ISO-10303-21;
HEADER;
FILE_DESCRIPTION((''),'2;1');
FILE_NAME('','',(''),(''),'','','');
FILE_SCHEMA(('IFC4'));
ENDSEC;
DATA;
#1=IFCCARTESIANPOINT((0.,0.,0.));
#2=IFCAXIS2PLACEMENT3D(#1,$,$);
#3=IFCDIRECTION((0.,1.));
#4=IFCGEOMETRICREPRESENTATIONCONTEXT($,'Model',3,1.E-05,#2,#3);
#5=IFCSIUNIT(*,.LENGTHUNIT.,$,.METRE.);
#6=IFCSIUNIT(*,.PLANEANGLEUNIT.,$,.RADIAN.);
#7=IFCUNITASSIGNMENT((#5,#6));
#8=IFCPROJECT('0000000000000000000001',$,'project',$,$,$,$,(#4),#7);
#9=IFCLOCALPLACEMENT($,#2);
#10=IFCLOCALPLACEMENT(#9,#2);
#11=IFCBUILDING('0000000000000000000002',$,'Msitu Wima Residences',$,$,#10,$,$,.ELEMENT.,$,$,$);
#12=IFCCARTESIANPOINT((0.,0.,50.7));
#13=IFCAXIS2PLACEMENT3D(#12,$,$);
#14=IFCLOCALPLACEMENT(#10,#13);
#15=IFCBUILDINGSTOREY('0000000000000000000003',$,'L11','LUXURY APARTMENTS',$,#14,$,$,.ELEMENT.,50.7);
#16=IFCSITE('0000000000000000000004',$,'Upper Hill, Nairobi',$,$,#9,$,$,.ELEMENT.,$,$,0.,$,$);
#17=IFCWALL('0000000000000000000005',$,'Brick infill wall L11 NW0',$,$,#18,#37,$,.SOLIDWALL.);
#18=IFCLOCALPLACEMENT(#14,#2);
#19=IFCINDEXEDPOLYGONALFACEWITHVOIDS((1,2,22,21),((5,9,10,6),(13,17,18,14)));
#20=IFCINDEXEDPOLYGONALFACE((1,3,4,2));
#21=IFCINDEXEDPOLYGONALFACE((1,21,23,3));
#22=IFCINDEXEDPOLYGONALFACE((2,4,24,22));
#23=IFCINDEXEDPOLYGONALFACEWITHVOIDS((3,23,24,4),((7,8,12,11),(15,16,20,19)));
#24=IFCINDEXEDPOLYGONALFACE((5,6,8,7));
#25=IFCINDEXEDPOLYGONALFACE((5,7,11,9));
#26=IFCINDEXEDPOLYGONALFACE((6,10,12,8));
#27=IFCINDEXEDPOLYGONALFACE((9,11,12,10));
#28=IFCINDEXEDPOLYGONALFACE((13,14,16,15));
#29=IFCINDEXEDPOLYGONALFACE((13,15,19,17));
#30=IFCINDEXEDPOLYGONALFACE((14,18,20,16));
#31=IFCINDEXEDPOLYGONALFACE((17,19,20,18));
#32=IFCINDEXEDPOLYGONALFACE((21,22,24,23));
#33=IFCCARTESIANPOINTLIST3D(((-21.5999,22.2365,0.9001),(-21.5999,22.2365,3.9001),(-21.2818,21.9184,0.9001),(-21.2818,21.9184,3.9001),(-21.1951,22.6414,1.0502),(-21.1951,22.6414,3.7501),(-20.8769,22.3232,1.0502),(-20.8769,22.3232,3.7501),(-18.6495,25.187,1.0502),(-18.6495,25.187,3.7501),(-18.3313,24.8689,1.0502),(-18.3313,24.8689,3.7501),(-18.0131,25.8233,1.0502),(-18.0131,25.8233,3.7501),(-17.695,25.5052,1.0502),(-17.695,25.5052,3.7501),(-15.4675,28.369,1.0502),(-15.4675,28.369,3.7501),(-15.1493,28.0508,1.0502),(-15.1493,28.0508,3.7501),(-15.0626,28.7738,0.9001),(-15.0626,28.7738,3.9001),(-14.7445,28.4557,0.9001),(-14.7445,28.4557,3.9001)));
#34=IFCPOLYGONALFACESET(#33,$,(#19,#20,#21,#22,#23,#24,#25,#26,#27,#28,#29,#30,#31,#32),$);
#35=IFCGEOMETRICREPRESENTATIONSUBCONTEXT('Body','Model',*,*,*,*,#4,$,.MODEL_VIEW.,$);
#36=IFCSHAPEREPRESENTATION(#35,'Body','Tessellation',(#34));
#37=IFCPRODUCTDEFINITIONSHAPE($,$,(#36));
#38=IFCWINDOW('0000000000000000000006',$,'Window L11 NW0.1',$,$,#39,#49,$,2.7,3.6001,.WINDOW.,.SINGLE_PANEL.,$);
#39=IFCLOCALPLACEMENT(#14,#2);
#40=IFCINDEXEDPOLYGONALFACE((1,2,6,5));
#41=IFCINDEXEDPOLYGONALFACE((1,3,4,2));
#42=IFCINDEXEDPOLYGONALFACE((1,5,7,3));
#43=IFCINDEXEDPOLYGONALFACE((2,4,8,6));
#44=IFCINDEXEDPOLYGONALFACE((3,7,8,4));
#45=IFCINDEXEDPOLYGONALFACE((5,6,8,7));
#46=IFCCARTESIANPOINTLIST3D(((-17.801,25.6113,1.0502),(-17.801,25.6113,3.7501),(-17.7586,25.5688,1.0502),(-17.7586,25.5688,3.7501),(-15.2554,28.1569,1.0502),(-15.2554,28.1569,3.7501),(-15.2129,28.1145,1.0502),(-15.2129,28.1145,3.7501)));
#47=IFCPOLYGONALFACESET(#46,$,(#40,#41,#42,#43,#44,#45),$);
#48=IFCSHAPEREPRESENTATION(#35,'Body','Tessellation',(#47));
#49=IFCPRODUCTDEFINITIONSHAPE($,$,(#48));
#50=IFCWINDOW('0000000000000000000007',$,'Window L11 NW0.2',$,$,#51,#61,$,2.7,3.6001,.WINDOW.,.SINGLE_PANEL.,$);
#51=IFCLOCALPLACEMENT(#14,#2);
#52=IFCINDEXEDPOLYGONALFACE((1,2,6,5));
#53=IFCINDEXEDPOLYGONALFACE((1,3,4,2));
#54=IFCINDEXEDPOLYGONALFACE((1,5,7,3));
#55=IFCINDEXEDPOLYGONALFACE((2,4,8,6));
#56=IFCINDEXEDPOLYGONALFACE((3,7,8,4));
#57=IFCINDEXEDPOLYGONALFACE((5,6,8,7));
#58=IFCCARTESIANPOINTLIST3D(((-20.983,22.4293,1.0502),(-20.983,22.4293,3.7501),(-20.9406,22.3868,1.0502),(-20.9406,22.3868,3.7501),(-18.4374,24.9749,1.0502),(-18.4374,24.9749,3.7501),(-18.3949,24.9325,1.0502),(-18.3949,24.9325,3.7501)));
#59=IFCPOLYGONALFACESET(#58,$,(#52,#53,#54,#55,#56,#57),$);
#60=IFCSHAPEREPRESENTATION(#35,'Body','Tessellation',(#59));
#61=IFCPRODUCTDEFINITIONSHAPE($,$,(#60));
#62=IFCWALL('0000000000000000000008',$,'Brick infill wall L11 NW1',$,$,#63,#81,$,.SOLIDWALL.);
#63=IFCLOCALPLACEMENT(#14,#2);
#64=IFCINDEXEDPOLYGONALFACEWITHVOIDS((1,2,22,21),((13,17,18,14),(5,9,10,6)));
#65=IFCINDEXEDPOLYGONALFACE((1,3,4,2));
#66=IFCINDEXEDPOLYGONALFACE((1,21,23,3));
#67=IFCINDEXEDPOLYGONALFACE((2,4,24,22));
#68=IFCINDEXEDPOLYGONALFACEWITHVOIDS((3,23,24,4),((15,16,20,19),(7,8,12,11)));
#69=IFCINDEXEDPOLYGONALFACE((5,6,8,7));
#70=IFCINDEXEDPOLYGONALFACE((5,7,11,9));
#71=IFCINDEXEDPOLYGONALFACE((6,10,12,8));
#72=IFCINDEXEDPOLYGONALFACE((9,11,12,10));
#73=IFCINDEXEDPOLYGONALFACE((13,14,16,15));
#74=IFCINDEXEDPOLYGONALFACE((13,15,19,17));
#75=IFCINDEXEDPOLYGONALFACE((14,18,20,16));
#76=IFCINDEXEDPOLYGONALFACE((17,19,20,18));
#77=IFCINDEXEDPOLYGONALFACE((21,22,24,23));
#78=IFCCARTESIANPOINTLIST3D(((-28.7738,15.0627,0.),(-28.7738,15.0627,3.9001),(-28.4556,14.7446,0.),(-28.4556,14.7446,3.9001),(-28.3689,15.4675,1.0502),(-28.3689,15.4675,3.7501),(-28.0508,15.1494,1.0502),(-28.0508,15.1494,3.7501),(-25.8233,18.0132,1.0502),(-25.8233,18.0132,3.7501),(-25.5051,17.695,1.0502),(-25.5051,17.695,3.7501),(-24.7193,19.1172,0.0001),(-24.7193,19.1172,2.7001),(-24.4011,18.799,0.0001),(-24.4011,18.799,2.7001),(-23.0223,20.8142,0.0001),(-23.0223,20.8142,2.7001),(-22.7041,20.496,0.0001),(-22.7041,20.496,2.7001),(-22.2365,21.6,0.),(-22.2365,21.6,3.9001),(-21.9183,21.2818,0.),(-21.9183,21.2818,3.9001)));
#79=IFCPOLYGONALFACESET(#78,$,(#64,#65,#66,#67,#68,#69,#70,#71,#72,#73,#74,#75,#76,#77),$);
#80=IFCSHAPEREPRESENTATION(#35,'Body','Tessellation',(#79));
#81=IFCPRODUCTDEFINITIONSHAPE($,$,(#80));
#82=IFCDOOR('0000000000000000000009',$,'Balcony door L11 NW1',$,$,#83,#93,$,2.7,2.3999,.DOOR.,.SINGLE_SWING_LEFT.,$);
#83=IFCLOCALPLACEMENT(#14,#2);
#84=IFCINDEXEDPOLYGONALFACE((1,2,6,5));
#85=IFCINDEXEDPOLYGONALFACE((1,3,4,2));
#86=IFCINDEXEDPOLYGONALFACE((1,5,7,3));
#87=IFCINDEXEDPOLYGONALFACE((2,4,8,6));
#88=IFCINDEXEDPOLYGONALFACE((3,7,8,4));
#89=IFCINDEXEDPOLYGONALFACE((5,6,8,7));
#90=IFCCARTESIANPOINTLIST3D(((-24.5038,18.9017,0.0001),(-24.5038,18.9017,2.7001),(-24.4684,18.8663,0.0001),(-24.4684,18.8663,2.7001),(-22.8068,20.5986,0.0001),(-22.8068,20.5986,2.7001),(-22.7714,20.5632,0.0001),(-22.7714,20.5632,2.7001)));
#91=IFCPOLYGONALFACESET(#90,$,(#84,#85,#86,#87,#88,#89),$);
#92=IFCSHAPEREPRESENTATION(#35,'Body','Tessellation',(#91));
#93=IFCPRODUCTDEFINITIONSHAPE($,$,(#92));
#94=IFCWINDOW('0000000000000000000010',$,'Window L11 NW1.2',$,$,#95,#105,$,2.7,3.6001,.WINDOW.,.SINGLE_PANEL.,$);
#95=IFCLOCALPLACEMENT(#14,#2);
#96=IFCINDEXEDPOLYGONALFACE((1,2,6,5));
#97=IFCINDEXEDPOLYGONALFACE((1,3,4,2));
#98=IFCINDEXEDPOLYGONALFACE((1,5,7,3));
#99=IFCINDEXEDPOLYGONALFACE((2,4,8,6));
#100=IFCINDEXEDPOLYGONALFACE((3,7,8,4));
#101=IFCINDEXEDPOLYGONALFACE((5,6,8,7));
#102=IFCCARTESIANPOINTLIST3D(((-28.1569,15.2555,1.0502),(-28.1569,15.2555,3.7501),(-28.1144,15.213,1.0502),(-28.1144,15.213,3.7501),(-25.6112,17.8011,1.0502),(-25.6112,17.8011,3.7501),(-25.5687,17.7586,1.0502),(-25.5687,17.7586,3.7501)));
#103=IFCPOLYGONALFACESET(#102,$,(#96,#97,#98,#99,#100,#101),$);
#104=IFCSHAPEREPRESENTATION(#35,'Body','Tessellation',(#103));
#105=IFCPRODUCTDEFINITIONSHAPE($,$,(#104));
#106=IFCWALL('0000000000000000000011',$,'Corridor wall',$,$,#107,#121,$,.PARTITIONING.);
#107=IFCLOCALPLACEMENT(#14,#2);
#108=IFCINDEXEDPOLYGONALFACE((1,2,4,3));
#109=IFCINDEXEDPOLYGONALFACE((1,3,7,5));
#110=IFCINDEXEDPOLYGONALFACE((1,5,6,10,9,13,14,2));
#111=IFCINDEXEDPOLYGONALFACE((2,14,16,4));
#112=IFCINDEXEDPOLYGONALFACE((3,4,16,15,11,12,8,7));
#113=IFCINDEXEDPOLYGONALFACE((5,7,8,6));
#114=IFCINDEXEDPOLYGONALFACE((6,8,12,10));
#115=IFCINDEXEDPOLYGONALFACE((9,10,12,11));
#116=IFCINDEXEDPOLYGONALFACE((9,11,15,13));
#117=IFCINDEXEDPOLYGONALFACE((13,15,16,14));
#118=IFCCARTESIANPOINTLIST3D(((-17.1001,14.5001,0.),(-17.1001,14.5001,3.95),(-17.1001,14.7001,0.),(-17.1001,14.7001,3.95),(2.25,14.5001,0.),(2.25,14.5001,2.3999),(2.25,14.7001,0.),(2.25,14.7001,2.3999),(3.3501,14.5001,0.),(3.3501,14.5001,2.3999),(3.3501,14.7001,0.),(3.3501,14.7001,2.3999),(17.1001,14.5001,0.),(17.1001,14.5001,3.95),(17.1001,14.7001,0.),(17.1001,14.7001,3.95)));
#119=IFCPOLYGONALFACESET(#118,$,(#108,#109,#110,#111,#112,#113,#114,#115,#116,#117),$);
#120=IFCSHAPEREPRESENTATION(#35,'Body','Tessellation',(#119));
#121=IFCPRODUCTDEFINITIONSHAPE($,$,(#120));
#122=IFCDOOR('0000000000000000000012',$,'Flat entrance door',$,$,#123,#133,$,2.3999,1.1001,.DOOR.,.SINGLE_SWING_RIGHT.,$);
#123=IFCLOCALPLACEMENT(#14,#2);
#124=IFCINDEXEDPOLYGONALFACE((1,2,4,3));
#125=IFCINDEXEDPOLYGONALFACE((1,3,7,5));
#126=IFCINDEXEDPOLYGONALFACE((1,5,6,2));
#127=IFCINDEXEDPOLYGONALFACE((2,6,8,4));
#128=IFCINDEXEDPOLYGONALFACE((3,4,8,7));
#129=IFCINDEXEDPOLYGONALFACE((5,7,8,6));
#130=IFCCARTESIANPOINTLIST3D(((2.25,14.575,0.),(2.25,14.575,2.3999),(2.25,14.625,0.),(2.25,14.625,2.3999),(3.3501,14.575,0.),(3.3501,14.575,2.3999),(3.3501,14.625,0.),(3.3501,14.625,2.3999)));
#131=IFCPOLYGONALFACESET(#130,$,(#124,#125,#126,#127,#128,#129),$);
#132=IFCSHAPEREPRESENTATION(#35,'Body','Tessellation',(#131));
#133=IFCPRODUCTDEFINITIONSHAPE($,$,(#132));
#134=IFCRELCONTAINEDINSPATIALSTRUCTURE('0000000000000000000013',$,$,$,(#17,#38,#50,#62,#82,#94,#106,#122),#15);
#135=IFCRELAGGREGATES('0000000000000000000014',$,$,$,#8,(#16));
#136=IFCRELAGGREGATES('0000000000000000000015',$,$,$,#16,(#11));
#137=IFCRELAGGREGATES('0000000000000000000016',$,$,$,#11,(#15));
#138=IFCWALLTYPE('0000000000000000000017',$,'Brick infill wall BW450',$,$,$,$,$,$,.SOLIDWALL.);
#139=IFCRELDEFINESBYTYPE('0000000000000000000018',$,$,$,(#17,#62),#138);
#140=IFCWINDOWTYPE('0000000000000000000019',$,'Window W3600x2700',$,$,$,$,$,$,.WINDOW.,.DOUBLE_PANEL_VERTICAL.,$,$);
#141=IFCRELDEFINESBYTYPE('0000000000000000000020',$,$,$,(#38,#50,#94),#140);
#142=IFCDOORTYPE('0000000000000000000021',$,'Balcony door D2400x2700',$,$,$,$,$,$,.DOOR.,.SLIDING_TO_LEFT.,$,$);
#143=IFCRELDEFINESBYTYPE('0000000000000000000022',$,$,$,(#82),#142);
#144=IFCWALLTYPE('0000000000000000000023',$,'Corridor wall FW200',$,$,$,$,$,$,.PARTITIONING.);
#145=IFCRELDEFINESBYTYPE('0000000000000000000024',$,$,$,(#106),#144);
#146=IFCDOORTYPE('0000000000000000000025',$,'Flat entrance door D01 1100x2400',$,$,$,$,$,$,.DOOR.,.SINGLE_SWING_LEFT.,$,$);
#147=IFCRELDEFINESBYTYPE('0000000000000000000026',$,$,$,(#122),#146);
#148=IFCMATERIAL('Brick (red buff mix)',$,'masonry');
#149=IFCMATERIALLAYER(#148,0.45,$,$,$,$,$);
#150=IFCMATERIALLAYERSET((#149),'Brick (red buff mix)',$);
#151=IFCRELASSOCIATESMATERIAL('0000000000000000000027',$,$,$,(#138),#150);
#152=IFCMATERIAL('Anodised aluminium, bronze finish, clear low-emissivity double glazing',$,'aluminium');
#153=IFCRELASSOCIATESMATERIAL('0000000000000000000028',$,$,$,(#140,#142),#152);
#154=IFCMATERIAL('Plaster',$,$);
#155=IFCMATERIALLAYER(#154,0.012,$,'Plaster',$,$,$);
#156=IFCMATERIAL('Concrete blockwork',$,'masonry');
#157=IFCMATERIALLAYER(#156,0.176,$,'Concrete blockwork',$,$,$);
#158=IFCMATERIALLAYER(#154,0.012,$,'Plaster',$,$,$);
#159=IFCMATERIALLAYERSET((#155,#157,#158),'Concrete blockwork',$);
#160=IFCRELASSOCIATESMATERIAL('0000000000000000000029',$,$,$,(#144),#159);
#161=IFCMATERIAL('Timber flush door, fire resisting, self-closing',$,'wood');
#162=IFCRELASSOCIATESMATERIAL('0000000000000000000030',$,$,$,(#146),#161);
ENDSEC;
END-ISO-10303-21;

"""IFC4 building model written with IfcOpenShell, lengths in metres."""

from ifc_helpers import new_model, si_unit, direction, frame, frame_2d, origin, place, context, subcontext, project, spatial, rectangle, extrude, material, layer, layer_set, type_object, element, fill, save


model = new_model("IFC4")

# Units and contexts
model_context = context("Model", 3, precision=1e-05, world=origin(), true_north=direction((0.0, 1.0)))
body_context = subcontext(model_context, "Body", "Model", "MODEL_VIEW")
ifc_project = project(units=[si_unit("LENGTHUNIT", "METRE"), si_unit("PLANEANGLEUNIT", "RADIAN")], contexts=[model_context])

# Site, building, storey
site_placement = place(None, origin())
site = spatial("IfcSite", under=ifc_project, at=site_placement, Name="Upper Hill, Nairobi", CompositionType="ELEMENT", RefElevation=0.0)
building_placement = place(site_placement, origin())
building = spatial("IfcBuilding", under=site, at=building_placement, Name="Msitu Wima Residences", CompositionType="ELEMENT")
storey_placement = place(building_placement, frame((0.0, 0.0, 50.7)))
storey = spatial("IfcBuildingStorey", under=building, at=storey_placement, Name="L11", Description="LUXURY APARTMENTS", CompositionType="ELEMENT", Elevation=50.7)

# Wall, openings, windows
ifc_material_1 = material(Name="Brick (red buff mix)", Category="masonry")
ifc_layer_1 = layer(ifc_material_1, 0.45)
ifc_layer_set_1 = layer_set([ifc_layer_1], Name="Brick (red buff mix)")
wall_type_1 = type_object("IfcWallType", Name="Brick infill wall BW450", PredefinedType="SOLIDWALL", material=ifc_layer_set_1)
wall_1_placement = place(storey_placement, frame((-14.9036, 28.6147, 0.9001), z_axis=(0.0, 0.0, 1.0), x_axis=(-0.707107, -0.707107, 0.0)))
wall_1 = element("IfcWall", 1, at=wall_1_placement, inside=storey, type_object=wall_type_1, Name="Brick infill wall L11 NW0", PredefinedType="SOLIDWALL", context=body_context, shape_type="SweptSolid", body=[
    extrude(rectangle(XDim=9.2451, YDim=0.45, at=frame_2d((4.6226, 0.0))), origin(), (0.0, 0.0, 1.0), 3.0),
])
opening_1_placement = place(wall_1_placement, frame((0.5725, 0.0, 0.1499)))
opening_1 = element("IfcOpeningElement", 2, at=opening_1_placement, cuts=wall_1, PredefinedType="OPENING", context=body_context, shape_type="SweptSolid", body=[
    extrude(rectangle(XDim=3.6001, YDim=2.7, at=frame_2d((1.8, 1.3501))), frame((0.0, 0.2349, 0.0), z_axis=(0.0, -1.0, 0.0), x_axis=(1.0, 0.0, 0.0)), (0.0, 0.0, 1.0), 0.47),
])
opening_2_placement = place(wall_1_placement, frame((5.0725, 0.0, 0.1499)))
opening_2 = element("IfcOpeningElement", 3, at=opening_2_placement, cuts=wall_1, PredefinedType="OPENING", context=body_context, shape_type="SweptSolid", body=[
    extrude(rectangle(XDim=3.6001, YDim=2.7, at=frame_2d((1.8, 1.3501))), frame((0.0, 0.2349, 0.0), z_axis=(0.0, -1.0, 0.0), x_axis=(1.0, 0.0, 0.0)), (0.0, 0.0, 1.0), 0.47),
])
ifc_material_2 = material(Name="Anodised aluminium, bronze finish, clear low-emissivity double glazing", Category="aluminium")
window_type = type_object("IfcWindowType", Name="Window W3600x2700", PartitioningType="DOUBLE_PANEL_VERTICAL", PredefinedType="WINDOW", material=ifc_material_2)
window_1_placement = place(opening_1_placement, origin())
window_1 = element("IfcWindow", 4, at=window_1_placement, inside=storey, type_object=window_type, Name="Window L11 NW0.1", OverallHeight=2.7, OverallWidth=3.6001, PartitioningType="SINGLE_PANEL", PredefinedType="WINDOW", context=body_context, shape_type="SweptSolid", body=[
    extrude(rectangle(XDim=3.6001, YDim=2.7, at=frame_2d((1.8, 1.3501))), frame((0.0, 0.135, 0.0), z_axis=(0.0, -1.0, 0.0), x_axis=(1.0, 0.0, 0.0)), (0.0, 0.0, 1.0), 0.0601),
])
fill(opening_1, window_1)
window_2_placement = place(opening_2_placement, origin())
window_2 = element("IfcWindow", 5, at=window_2_placement, inside=storey, type_object=window_type, Name="Window L11 NW0.2", OverallHeight=2.7, OverallWidth=3.6001, PartitioningType="SINGLE_PANEL", PredefinedType="WINDOW", context=body_context, shape_type="SweptSolid", body=[
    extrude(rectangle(XDim=3.6001, YDim=2.7, at=frame_2d((1.8, 1.3501))), frame((0.0, 0.135, 0.0), z_axis=(0.0, -1.0, 0.0), x_axis=(1.0, 0.0, 0.0)), (0.0, 0.0, 1.0), 0.0601),
])
fill(opening_2, window_2)

# Wall, openings, door, window
wall_2_placement = place(storey_placement, frame((-22.0774, 21.4409, 0.0), z_axis=(0.0, 0.0, 1.0), x_axis=(-0.707107, -0.707107, 0.0)))
wall_2 = element("IfcWall", 6, at=wall_2_placement, inside=storey, type_object=wall_type_1, Name="Brick infill wall L11 NW1", PredefinedType="SOLIDWALL", context=body_context, shape_type="SweptSolid", body=[
    extrude(rectangle(XDim=9.2451, YDim=0.45, at=frame_2d((4.6226, 0.0))), origin(), (0.0, 0.0, 1.0), 3.9001),
])
opening_3_placement = place(wall_2_placement, frame((1.1113, 0.0, 0.0)))
opening_3 = element("IfcOpeningElement", 7, at=opening_3_placement, cuts=wall_2, PredefinedType="OPENING", context=body_context, shape_type="SweptSolid", body=[
    extrude(rectangle(XDim=2.3999, YDim=2.7, at=frame_2d((1.2, 1.3501))), frame((0.0, 0.2349, 0.0), z_axis=(0.0, -1.0, 0.0), x_axis=(1.0, 0.0, 0.0)), (0.0, 0.0, 1.0), 0.47),
])
opening_4_placement = place(wall_2_placement, frame((5.0725, 0.0, 1.05)))
opening_4 = element("IfcOpeningElement", 8, at=opening_4_placement, cuts=wall_2, PredefinedType="OPENING", context=body_context, shape_type="SweptSolid", body=[
    extrude(rectangle(XDim=3.6001, YDim=2.7, at=frame_2d((1.8, 1.3501))), frame((0.0, 0.2349, 0.0), z_axis=(0.0, -1.0, 0.0), x_axis=(1.0, 0.0, 0.0)), (0.0, 0.0, 1.0), 0.47),
])
door_type_1 = type_object("IfcDoorType", Name="Balcony door D2400x2700", OperationType="SLIDING_TO_LEFT", PredefinedType="DOOR", material=ifc_material_2)
door_1_placement = place(opening_3_placement, origin())
door_1 = element("IfcDoor", 9, at=door_1_placement, inside=storey, type_object=door_type_1, Name="Balcony door L11 NW1", OperationType="SINGLE_SWING_LEFT", OverallHeight=2.7, OverallWidth=2.3999, PredefinedType="DOOR", context=body_context, shape_type="SweptSolid", body=[
    extrude(rectangle(XDim=2.3999, YDim=2.7, at=frame_2d((1.2, 1.3501))), frame((0.0, 0.1299, 0.0), z_axis=(0.0, -1.0, 0.0), x_axis=(1.0, 0.0, 0.0)), (0.0, 0.0, 1.0), 0.05),
])
fill(opening_3, door_1)
window_3_placement = place(opening_4_placement, origin())
window_3 = element("IfcWindow", 10, at=window_3_placement, inside=storey, type_object=window_type, Name="Window L11 NW1.2", OverallHeight=2.7, OverallWidth=3.6001, PartitioningType="SINGLE_PANEL", PredefinedType="WINDOW", context=body_context, shape_type="SweptSolid", body=[
    extrude(rectangle(XDim=3.6001, YDim=2.7, at=frame_2d((1.8, 1.3501))), frame((0.0, 0.135, 0.0), z_axis=(0.0, -1.0, 0.0), x_axis=(1.0, 0.0, 0.0)), (0.0, 0.0, 1.0), 0.0601),
])
fill(opening_4, window_3)

# Wall, opening, door
ifc_material_3 = material(Name="Plaster")
ifc_layer_2 = layer(ifc_material_3, 0.012, Name="Plaster")
ifc_material_4 = material(Name="Concrete blockwork", Category="masonry")
ifc_layer_3 = layer(ifc_material_4, 0.176, Name="Concrete blockwork")
ifc_layer_4 = layer(ifc_material_3, 0.012, Name="Plaster")
ifc_layer_set_2 = layer_set([ifc_layer_2, ifc_layer_3, ifc_layer_4], Name="Concrete blockwork")
wall_type_2 = type_object("IfcWallType", Name="Corridor wall FW200", PredefinedType="PARTITIONING", material=ifc_layer_set_2)
wall_3_placement = place(storey_placement, frame((-17.1001, 14.6001, 0.0), z_axis=(0.0, 0.0, 1.0), x_axis=(1.0, 0.0, 0.0)))
wall_3 = element("IfcWall", 11, at=wall_3_placement, inside=storey, type_object=wall_type_2, Name="Corridor wall", PredefinedType="PARTITIONING", context=body_context, shape_type="SweptSolid", body=[
    extrude(rectangle(XDim=34.2002, YDim=0.2, at=frame_2d((17.1001, 0.0))), origin(), (0.0, 0.0, 1.0), 3.95),
])
opening_5_placement = place(wall_3_placement, frame((19.3501, 0.0, 0.0)))
opening_5 = element("IfcOpeningElement", 12, at=opening_5_placement, cuts=wall_3, PredefinedType="OPENING", context=body_context, shape_type="SweptSolid", body=[
    extrude(rectangle(XDim=1.1001, YDim=2.3999, at=frame_2d((0.55, 1.2))), frame((0.0, 0.1099, 0.0), z_axis=(0.0, -1.0, 0.0), x_axis=(1.0, 0.0, 0.0)), (0.0, 0.0, 1.0), 0.22),
])
ifc_material_5 = material(Name="Timber flush door, fire resisting, self-closing", Category="wood")
door_type_2 = type_object("IfcDoorType", Name="Flat entrance door D01 1100x2400", OperationType="SINGLE_SWING_LEFT", PredefinedType="DOOR", material=ifc_material_5)
door_2_placement = place(opening_5_placement, origin())
door_2 = element("IfcDoor", 13, at=door_2_placement, inside=storey, type_object=door_type_2, Name="Flat entrance door", OperationType="SINGLE_SWING_RIGHT", OverallHeight=2.3999, OverallWidth=1.1001, PredefinedType="DOOR", context=body_context, shape_type="SweptSolid", body=[
    extrude(rectangle(XDim=1.1001, YDim=2.3999, at=frame_2d((0.55, 1.2))), frame((0.0, 0.0249, 0.0), z_axis=(0.0, -1.0, 0.0), x_axis=(1.0, 0.0, 0.0)), (0.0, 0.0, 1.0), 0.05),
])
fill(opening_5, door_2)

save(model, "model.ifc")
